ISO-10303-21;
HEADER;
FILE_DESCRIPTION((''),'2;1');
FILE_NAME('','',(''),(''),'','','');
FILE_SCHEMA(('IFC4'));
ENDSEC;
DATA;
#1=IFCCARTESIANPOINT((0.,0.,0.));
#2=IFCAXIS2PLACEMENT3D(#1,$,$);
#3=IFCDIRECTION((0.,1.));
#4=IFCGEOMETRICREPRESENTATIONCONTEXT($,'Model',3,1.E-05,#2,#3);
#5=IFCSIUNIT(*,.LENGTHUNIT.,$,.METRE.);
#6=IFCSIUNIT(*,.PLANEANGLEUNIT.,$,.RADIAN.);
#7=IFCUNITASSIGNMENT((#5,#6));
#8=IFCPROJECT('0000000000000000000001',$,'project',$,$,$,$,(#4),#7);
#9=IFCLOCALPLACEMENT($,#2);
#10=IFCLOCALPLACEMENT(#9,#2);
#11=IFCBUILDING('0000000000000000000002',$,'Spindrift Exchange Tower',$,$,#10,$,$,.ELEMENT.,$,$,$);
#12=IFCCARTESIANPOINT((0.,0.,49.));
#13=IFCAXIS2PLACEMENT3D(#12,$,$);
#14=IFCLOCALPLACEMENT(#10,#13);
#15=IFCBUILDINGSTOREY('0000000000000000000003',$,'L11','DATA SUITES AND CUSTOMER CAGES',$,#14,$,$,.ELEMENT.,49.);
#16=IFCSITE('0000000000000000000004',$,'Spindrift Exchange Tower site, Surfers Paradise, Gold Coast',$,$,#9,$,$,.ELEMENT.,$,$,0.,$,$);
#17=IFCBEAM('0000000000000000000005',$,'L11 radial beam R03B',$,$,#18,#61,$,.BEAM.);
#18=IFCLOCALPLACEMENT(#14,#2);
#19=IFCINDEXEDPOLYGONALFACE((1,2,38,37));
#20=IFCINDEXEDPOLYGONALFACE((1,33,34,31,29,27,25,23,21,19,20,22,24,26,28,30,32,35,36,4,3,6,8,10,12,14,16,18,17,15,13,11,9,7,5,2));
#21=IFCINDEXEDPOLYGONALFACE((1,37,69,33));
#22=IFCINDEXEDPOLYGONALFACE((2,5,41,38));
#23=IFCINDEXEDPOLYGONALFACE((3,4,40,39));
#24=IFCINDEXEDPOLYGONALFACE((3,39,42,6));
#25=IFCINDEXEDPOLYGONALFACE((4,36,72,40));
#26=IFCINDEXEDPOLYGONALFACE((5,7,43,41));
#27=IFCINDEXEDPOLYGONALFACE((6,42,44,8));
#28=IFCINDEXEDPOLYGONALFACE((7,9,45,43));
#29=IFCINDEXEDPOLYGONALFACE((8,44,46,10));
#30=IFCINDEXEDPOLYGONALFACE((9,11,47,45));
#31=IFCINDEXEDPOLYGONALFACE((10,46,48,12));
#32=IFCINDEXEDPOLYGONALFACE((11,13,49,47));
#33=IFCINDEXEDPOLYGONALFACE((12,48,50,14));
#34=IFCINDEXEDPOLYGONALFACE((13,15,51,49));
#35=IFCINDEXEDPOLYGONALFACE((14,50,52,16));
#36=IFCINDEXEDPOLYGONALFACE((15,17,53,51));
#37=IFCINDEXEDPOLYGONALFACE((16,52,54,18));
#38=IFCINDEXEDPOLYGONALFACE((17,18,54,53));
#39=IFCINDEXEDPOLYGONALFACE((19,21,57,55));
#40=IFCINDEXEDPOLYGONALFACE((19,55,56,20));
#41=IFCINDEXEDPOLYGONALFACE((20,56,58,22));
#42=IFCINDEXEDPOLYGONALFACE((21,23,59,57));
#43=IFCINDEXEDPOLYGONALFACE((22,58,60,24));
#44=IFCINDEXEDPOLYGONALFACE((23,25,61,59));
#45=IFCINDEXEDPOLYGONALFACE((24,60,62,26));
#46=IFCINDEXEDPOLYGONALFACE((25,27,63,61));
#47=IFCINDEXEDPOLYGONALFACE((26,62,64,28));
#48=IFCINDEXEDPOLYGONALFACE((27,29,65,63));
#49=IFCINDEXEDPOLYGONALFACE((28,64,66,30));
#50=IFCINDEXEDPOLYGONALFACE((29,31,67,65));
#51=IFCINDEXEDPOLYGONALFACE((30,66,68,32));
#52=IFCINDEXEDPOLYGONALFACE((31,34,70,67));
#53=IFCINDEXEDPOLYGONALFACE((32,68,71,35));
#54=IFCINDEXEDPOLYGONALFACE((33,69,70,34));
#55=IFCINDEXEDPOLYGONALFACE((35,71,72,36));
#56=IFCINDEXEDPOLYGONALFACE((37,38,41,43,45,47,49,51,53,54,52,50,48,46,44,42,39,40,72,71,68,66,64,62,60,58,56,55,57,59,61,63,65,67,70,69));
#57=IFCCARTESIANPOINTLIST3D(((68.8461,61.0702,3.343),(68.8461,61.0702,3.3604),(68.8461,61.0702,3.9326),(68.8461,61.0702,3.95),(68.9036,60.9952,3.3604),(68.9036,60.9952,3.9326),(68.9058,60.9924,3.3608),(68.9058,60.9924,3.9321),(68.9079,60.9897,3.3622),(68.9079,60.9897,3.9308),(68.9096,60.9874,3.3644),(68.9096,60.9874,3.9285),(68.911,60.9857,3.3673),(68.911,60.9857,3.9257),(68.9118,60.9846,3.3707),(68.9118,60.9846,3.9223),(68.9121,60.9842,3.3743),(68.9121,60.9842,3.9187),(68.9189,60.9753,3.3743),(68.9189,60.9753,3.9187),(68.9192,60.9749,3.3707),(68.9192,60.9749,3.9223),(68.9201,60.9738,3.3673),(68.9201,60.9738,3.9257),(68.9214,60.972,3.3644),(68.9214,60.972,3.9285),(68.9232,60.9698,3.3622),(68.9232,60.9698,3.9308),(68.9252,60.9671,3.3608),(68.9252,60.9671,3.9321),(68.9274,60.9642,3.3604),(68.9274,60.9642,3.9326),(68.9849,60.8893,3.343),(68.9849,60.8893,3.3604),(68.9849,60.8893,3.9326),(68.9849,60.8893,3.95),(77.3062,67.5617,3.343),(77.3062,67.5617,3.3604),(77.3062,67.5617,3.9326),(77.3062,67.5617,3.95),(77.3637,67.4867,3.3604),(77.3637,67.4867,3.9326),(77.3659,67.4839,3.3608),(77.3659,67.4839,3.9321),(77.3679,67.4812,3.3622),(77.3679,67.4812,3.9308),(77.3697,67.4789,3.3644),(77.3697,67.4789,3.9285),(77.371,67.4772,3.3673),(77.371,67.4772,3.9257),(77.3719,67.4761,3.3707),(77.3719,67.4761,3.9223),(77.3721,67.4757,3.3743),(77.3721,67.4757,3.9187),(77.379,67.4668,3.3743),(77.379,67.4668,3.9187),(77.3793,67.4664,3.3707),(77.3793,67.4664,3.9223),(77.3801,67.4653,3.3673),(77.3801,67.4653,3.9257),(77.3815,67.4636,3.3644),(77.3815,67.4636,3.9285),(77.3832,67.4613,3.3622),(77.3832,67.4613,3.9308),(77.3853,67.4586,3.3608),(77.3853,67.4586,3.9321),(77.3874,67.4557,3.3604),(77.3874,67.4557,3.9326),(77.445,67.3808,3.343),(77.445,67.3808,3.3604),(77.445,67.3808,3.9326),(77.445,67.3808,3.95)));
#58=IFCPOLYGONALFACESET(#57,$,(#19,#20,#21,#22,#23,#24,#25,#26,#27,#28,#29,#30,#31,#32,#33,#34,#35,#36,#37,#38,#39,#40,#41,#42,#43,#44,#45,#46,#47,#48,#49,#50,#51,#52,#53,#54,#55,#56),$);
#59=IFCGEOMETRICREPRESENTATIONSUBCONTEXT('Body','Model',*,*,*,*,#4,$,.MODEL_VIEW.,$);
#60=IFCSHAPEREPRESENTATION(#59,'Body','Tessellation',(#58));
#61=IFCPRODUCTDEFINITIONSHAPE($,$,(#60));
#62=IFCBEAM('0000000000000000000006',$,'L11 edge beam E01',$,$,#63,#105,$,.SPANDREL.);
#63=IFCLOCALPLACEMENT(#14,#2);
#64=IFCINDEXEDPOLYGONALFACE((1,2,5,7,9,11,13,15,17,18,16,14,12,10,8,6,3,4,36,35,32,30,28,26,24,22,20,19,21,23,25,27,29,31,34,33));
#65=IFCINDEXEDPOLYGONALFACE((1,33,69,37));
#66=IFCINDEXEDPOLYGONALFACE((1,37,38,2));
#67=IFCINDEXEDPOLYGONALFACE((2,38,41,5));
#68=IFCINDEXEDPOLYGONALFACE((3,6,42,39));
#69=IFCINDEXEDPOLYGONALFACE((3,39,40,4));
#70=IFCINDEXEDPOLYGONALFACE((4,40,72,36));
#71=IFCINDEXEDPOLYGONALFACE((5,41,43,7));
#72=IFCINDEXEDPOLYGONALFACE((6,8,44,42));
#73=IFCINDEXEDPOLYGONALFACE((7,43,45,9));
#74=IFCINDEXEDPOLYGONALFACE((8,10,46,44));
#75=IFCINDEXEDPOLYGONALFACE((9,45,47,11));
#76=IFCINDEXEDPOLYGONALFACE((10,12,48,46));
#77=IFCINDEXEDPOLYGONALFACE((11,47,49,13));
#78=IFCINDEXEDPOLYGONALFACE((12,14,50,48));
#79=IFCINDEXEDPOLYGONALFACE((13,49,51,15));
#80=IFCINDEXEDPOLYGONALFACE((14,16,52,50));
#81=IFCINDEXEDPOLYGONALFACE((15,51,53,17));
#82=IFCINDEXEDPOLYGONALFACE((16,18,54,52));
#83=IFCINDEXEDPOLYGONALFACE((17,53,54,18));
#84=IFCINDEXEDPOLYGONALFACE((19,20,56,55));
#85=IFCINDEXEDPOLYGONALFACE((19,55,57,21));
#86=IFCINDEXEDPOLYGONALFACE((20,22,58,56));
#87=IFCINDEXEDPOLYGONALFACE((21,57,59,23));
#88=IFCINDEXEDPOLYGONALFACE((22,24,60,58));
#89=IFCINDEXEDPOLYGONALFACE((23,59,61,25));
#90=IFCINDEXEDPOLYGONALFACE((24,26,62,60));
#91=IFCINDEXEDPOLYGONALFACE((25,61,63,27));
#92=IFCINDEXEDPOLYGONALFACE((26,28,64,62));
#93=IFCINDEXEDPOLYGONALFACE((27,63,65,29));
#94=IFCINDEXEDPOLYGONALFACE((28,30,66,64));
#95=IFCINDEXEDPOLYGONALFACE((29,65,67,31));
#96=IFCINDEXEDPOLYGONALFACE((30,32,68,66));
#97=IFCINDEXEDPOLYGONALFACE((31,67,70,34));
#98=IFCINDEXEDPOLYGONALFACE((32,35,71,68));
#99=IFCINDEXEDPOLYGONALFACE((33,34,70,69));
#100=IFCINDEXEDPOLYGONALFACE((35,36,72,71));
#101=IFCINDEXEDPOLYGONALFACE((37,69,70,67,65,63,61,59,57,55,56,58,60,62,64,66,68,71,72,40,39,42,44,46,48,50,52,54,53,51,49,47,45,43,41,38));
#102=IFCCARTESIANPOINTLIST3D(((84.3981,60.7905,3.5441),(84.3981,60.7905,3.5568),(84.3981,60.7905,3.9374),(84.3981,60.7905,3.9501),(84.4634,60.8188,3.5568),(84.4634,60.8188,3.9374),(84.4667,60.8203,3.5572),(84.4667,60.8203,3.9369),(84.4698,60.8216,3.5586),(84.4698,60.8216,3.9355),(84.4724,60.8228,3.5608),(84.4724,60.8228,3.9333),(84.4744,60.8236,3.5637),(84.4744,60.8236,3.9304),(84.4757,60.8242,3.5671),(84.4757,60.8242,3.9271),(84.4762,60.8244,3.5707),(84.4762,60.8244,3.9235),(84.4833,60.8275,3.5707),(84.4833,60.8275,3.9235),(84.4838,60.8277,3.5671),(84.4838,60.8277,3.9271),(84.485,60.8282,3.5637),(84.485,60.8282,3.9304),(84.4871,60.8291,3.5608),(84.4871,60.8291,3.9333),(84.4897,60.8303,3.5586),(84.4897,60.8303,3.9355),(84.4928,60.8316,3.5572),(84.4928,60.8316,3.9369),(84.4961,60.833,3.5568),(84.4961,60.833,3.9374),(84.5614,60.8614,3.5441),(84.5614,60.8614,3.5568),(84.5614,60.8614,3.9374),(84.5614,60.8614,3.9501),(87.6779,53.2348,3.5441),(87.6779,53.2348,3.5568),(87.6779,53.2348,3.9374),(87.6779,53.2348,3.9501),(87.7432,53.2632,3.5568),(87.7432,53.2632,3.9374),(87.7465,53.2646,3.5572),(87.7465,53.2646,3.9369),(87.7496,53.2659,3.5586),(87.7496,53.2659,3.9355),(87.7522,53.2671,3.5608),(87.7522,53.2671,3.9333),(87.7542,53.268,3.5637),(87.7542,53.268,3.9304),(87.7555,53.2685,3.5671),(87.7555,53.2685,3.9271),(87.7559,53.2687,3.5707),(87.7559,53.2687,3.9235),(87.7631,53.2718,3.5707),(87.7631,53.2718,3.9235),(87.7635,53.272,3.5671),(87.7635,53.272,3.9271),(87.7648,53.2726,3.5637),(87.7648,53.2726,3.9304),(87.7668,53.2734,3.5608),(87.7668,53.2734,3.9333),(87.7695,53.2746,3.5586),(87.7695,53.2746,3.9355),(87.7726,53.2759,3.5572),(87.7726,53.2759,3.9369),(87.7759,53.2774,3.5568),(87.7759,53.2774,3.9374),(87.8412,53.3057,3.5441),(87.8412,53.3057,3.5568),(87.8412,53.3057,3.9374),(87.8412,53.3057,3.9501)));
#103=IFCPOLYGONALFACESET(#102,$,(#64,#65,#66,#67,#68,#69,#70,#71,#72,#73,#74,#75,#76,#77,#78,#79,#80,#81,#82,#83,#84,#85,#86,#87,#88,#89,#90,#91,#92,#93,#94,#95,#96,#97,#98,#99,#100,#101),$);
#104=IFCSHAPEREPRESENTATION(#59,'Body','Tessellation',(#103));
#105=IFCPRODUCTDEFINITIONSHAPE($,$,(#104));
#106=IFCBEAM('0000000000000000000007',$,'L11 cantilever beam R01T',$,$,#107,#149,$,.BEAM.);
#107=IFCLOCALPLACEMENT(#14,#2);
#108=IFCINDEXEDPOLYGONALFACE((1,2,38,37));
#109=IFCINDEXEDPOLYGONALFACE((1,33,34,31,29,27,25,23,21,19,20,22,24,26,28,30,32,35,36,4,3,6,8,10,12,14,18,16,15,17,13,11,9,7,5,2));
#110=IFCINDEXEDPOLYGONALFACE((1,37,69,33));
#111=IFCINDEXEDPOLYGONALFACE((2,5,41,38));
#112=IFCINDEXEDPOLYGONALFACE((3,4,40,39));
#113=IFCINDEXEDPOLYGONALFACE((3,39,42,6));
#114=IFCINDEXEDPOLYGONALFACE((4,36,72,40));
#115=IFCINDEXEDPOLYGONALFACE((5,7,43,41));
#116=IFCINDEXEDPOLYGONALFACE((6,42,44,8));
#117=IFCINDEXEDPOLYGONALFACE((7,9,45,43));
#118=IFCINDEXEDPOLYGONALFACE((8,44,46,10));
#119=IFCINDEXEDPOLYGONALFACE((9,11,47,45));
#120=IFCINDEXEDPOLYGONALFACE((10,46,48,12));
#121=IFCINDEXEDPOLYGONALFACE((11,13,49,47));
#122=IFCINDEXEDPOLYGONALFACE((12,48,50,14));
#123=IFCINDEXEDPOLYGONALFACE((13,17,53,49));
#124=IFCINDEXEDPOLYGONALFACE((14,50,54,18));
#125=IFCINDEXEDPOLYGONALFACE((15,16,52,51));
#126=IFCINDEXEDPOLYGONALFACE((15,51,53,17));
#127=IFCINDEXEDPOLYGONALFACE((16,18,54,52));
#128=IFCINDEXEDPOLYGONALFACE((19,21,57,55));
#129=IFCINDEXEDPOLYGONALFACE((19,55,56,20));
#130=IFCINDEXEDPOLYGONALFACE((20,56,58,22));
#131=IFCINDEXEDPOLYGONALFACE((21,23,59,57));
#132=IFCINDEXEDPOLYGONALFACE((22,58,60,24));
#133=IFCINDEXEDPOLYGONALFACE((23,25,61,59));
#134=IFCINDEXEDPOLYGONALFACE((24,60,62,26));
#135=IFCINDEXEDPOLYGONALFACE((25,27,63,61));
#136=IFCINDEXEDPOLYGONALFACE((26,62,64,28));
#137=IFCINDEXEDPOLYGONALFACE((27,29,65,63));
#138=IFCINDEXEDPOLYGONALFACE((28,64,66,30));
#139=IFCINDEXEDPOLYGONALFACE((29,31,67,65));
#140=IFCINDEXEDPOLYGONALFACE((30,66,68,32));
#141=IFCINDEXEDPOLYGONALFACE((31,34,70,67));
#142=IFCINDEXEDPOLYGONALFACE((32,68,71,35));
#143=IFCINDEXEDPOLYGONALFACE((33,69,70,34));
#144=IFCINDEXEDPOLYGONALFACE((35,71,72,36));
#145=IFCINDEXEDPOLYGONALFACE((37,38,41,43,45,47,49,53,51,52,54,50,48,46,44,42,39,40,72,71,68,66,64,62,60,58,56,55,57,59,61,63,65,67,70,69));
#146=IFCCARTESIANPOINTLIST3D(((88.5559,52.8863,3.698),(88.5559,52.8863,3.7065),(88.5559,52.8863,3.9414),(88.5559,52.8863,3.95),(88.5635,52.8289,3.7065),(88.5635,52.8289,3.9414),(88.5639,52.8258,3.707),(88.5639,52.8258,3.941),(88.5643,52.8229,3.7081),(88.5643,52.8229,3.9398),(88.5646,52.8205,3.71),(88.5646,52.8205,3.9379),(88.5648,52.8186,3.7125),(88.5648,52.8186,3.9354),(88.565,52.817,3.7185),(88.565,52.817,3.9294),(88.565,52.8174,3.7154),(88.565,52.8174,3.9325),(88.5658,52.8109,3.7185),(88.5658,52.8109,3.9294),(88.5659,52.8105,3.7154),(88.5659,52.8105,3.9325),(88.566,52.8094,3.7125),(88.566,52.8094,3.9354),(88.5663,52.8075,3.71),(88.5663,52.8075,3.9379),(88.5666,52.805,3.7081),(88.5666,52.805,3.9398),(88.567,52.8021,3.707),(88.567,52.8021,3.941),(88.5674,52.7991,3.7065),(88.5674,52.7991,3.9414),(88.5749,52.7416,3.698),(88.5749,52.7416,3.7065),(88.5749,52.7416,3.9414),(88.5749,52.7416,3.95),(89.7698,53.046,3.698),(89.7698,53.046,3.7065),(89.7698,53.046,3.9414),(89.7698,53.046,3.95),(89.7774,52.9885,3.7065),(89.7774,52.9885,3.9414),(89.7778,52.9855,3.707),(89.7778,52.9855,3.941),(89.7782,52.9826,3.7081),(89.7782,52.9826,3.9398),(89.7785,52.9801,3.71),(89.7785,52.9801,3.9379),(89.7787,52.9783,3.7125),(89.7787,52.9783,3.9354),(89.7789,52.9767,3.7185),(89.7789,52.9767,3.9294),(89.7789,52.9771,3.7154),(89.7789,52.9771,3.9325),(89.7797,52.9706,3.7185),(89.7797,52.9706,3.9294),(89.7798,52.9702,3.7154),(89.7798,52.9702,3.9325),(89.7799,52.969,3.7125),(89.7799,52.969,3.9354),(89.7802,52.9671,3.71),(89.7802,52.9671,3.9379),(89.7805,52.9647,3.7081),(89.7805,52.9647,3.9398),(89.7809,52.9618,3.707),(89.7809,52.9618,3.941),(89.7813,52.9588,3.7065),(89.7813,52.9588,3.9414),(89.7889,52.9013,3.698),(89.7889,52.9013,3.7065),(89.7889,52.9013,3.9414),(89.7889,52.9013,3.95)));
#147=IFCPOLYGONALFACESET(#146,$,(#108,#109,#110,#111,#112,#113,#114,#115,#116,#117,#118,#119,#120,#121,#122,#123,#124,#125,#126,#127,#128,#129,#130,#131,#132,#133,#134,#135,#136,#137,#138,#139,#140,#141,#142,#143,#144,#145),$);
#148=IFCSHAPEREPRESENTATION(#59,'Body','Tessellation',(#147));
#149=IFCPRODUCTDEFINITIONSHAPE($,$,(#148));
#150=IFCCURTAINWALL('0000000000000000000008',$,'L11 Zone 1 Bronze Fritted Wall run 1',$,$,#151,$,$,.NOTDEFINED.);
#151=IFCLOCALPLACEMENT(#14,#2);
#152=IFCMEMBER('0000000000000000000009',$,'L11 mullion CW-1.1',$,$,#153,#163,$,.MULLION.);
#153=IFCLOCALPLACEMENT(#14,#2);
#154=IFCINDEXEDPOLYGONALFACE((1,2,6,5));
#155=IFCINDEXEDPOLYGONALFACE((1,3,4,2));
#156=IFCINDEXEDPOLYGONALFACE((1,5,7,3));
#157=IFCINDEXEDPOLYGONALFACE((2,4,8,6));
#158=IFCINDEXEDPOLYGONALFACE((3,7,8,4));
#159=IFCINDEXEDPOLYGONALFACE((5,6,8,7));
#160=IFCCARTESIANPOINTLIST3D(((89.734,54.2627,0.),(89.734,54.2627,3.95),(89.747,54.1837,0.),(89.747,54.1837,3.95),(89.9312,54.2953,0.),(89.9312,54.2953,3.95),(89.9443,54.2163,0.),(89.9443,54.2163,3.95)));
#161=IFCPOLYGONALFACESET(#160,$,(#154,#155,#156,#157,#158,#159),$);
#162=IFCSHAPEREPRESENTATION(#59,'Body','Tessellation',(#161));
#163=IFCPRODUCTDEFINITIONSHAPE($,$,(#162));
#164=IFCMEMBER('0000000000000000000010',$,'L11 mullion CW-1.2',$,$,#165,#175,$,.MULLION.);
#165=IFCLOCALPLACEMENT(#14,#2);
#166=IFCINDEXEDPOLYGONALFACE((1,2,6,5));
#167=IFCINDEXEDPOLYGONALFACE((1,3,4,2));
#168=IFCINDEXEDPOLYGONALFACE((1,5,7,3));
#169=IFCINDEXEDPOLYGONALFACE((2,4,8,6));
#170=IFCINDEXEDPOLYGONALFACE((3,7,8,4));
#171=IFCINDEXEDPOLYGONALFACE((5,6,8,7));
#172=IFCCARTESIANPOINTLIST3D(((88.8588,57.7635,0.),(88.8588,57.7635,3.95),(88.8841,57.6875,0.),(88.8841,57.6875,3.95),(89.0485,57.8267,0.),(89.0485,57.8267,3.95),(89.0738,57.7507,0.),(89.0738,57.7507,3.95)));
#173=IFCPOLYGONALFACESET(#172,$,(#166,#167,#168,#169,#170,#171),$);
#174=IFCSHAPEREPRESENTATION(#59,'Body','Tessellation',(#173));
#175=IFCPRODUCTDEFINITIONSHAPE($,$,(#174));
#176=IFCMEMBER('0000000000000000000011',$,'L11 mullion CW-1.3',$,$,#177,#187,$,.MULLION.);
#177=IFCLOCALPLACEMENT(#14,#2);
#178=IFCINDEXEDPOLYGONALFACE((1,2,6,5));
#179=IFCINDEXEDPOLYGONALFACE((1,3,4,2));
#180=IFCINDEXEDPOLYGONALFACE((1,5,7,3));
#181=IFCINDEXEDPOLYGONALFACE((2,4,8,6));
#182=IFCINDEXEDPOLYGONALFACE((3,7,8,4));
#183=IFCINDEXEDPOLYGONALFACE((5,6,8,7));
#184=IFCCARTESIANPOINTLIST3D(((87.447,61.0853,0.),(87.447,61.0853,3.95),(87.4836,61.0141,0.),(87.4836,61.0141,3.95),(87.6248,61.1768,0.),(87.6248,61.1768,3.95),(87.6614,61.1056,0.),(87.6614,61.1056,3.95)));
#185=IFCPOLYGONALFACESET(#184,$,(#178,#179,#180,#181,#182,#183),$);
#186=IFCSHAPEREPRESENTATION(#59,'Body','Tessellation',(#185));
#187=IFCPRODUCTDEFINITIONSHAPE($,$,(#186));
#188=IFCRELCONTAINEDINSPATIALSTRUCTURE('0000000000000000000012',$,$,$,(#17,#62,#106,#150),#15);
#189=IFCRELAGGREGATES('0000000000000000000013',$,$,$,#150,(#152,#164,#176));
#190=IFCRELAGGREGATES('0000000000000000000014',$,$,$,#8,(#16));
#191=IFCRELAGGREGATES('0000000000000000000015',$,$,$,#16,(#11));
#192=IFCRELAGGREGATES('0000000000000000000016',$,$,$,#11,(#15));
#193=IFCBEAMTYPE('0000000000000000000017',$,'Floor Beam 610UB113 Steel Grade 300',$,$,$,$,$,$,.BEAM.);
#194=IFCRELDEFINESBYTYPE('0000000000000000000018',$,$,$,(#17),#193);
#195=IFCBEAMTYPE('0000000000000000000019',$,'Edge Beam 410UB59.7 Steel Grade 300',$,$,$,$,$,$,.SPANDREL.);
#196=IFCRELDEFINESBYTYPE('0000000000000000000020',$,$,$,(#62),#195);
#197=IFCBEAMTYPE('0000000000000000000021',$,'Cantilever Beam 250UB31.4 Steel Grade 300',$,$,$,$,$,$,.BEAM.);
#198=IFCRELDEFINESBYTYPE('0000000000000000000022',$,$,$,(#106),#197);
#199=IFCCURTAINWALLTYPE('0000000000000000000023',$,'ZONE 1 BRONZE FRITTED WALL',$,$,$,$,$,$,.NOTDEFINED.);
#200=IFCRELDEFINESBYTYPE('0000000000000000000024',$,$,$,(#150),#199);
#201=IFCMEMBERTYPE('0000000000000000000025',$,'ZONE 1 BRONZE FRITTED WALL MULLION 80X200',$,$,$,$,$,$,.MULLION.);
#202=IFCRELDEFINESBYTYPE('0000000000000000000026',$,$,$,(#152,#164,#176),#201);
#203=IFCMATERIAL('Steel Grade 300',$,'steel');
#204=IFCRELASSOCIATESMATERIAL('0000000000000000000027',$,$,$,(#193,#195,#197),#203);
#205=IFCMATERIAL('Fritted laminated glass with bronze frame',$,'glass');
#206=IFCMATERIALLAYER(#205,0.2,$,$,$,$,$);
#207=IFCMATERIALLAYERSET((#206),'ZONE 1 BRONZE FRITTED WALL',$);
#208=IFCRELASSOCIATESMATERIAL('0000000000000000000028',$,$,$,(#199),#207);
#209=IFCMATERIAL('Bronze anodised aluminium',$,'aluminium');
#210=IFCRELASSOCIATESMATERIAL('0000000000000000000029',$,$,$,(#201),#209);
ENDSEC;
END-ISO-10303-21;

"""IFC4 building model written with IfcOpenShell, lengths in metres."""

from ifc_helpers import new_model, si_unit, direction, frame, origin, origin_2d, place, context, subcontext, project, spatial, rectangle, i_section, extrude, source, transform, mapped, material, layer, layer_set, material_profile, profile_set, type_object, element, aggregate, save


model = new_model("IFC4")

# Units and contexts
model_context = context("Model", 3, precision=1e-05, world=origin(), true_north=direction((0.0, 1.0)))
body_context = subcontext(model_context, "Body", "Model", "MODEL_VIEW")
ifc_project = project(units=[si_unit("LENGTHUNIT", "METRE"), si_unit("PLANEANGLEUNIT", "RADIAN")], contexts=[model_context])

# Site, building, storey
site_placement = place(None, origin())
site = spatial("IfcSite", under=ifc_project, at=site_placement, Name="Spindrift Exchange Tower site, Surfers Paradise, Gold Coast", CompositionType="ELEMENT", RefElevation=0.0)
building_placement = place(site_placement, origin())
building = spatial("IfcBuilding", under=site, at=building_placement, Name="Spindrift Exchange Tower", CompositionType="ELEMENT")
storey_placement = place(building_placement, frame((0.0, 0.0, 49.0)))
storey = spatial("IfcBuildingStorey", under=building, at=storey_placement, Name="L11", Description="DATA SUITES AND CUSTOMER CAGES", CompositionType="ELEMENT", Elevation=49.0)

# Beams
ifc_material_1 = material(Name="Steel Grade 300", Category="steel")
ifc_material_profile_1 = material_profile(ifc_material_1, i_section(OverallWidth=0.228, OverallDepth=0.6069, WebThickness=0.0112, FlangeThickness=0.0173, FilletRadius=0.0139, at=origin_2d()), Name="610UB113")
ifc_profile_set_1 = profile_set([ifc_material_profile_1], Name="Steel Grade 300")
beam_type_1 = type_object("IfcBeamType", Name="Floor Beam 610UB113 Steel Grade 300", PredefinedType="BEAM", material=ifc_profile_set_1)
shared_shape_1 = source(origin(), body_context, "Body", "SweptSolid", [
    extrude(i_section(OverallWidth=0.228, OverallDepth=0.6069, WebThickness=0.0112, FlangeThickness=0.0173, FilletRadius=0.0139, at=origin_2d()), origin(), (0.0, 0.0, 1.0), 10.6636),
])
beam_1_placement = place(storey_placement, frame((68.9155, 60.9797, 3.6465), z_axis=(0.793358, 0.608755, 0.0), x_axis=(-0.608755, 0.793358, 0.0)))
element("IfcBeam", 1, at=beam_1_placement, inside=storey, type_object=beam_type_1, Name="L11 radial beam R03B", PredefinedType="BEAM", context=body_context, shape_type="MappedRepresentation", body=[
    mapped(shared_shape_1, transform((0.0, 0.0, 0.0), scale=1.0)),
])
ifc_material_profile_2 = material_profile(ifc_material_1, i_section(OverallWidth=0.178, OverallDepth=0.406, WebThickness=0.0078, FlangeThickness=0.0127, FilletRadius=0.0139, at=origin_2d()), Name="410UB59.7")
ifc_profile_set_2 = profile_set([ifc_material_profile_2], Name="Steel Grade 300")
beam_type_2 = type_object("IfcBeamType", Name="Edge Beam 410UB59.7 Steel Grade 300", PredefinedType="SPANDREL", material=ifc_profile_set_2)
shared_shape_2 = source(origin(), body_context, "Body", "SweptSolid", [
    extrude(i_section(OverallWidth=0.178, OverallDepth=0.406, WebThickness=0.0078, FlangeThickness=0.0127, FilletRadius=0.0139, at=origin_2d()), origin(), (0.0, 0.0, 1.0), 8.2368),
])
beam_2_placement = place(storey_placement, frame((87.7595, 53.2703, 3.7471), z_axis=(-0.398186, 0.917305, 0.0), x_axis=(-0.917305, -0.398186, 0.0)))
element("IfcBeam", 2, at=beam_2_placement, inside=storey, type_object=beam_type_2, Name="L11 edge beam E01", PredefinedType="SPANDREL", context=body_context, shape_type="MappedRepresentation", body=[
    mapped(shared_shape_2, transform((0.0, 0.0, 0.0), scale=1.0)),
])
ifc_material_profile_3 = material_profile(ifc_material_1, i_section(OverallWidth=0.146, OverallDepth=0.252, WebThickness=0.0061, FlangeThickness=0.0085, FilletRadius=0.012, at=origin_2d()), Name="250UB31.4")
ifc_profile_set_3 = profile_set([ifc_material_profile_3], Name="Steel Grade 300")
beam_type_3 = type_object("IfcBeamType", Name="Cantilever Beam 250UB31.4 Steel Grade 300", PredefinedType="BEAM", material=ifc_profile_set_3)
shared_shape_3 = source(origin(), body_context, "Body", "SweptSolid", [
    extrude(i_section(OverallWidth=0.146, OverallDepth=0.252, WebThickness=0.0061, FlangeThickness=0.0085, FilletRadius=0.012, at=origin_2d()), origin(), (0.0, 0.0, 1.0), 1.2244),
])
beam_3_placement = place(storey_placement, frame((88.5654, 52.814, 3.824), z_axis=(0.99146, 0.130413, 0.0), x_axis=(-0.130413, 0.99146, 0.0)))
element("IfcBeam", 3, at=beam_3_placement, inside=storey, type_object=beam_type_3, Name="L11 cantilever beam R01T", PredefinedType="BEAM", context=body_context, shape_type="MappedRepresentation", body=[
    mapped(shared_shape_3, transform((0.0, 0.0, 0.0), scale=1.0)),
])

# Curtain wall, members
ifc_material_2 = material(Name="Fritted laminated glass with bronze frame", Category="glass")
ifc_layer_1 = layer(ifc_material_2, 0.2)
ifc_layer_set_1 = layer_set([ifc_layer_1], Name="ZONE 1 BRONZE FRITTED WALL")
curtain_wall_type = type_object("IfcCurtainWallType", Name="ZONE 1 BRONZE FRITTED WALL", PredefinedType="NOTDEFINED", material=ifc_layer_set_1)
curtain_wall_1_placement = place(storey_placement, origin())
curtain_wall_1 = element("IfcCurtainWall", 4, at=curtain_wall_1_placement, inside=storey, type_object=curtain_wall_type, Name="L11 Zone 1 Bronze Fritted Wall run 1", PredefinedType="NOTDEFINED")
ifc_material_3 = material(Name="Bronze anodised aluminium", Category="aluminium")
ifc_material_profile_4 = material_profile(ifc_material_3, rectangle(XDim=0.0801, YDim=0.2, at=origin_2d()), Name="ZONE 1 BRONZE FRITTED WALL MULLION 80X200")
ifc_profile_set_4 = profile_set([ifc_material_profile_4], Name="Bronze anodised aluminium")
member_type_1 = type_object("IfcMemberType", Name="ZONE 1 BRONZE FRITTED WALL MULLION 80X200", PredefinedType="MULLION", material=ifc_profile_set_4)
shared_shape_4 = source(origin(), body_context, "Body", "SweptSolid", [
    extrude(rectangle(XDim=0.0801, YDim=0.2, at=origin_2d()), origin(), (0.0, 0.0, 1.0), 3.95),
])
member_1_placement = place(storey_placement, frame((89.8391, 54.2395, 0.0), z_axis=(0.0, 0.0, 1.0), x_axis=(-0.162695, 0.986676, 0.0)))
member_1 = element("IfcMember", 5, at=member_1_placement, type_object=member_type_1, Name="L11 mullion CW-1.1", PredefinedType="MULLION", context=body_context, shape_type="MappedRepresentation", body=[
    mapped(shared_shape_4, transform((0.0, 0.0, 0.0), scale=1.0)),
])
member_2_placement = place(storey_placement, frame((88.9663, 57.7571, 0.0), z_axis=(0.0, 0.0, 1.0), x_axis=(-0.316171, 0.948702, 0.0)))
member_2 = element("IfcMember", 6, at=member_2_placement, type_object=member_type_1, Name="L11 mullion CW-1.2", PredefinedType="MULLION", context=body_context, shape_type="MappedRepresentation", body=[
    mapped(shared_shape_4, transform((0.0, 0.0, 0.0), scale=1.0)),
])
member_3_placement = place(storey_placement, frame((87.5542, 61.0955, 0.0), z_axis=(0.0, 0.0, 1.0), x_axis=(-0.457742, 0.889085, 0.0)))
member_3 = element("IfcMember", 7, at=member_3_placement, type_object=member_type_1, Name="L11 mullion CW-1.3", PredefinedType="MULLION", context=body_context, shape_type="MappedRepresentation", body=[
    mapped(shared_shape_4, transform((0.0, 0.0, 0.0), scale=1.0)),
])

aggregate(curtain_wall_1, [member_1, member_2, member_3])

save(model, "model.ifc")
